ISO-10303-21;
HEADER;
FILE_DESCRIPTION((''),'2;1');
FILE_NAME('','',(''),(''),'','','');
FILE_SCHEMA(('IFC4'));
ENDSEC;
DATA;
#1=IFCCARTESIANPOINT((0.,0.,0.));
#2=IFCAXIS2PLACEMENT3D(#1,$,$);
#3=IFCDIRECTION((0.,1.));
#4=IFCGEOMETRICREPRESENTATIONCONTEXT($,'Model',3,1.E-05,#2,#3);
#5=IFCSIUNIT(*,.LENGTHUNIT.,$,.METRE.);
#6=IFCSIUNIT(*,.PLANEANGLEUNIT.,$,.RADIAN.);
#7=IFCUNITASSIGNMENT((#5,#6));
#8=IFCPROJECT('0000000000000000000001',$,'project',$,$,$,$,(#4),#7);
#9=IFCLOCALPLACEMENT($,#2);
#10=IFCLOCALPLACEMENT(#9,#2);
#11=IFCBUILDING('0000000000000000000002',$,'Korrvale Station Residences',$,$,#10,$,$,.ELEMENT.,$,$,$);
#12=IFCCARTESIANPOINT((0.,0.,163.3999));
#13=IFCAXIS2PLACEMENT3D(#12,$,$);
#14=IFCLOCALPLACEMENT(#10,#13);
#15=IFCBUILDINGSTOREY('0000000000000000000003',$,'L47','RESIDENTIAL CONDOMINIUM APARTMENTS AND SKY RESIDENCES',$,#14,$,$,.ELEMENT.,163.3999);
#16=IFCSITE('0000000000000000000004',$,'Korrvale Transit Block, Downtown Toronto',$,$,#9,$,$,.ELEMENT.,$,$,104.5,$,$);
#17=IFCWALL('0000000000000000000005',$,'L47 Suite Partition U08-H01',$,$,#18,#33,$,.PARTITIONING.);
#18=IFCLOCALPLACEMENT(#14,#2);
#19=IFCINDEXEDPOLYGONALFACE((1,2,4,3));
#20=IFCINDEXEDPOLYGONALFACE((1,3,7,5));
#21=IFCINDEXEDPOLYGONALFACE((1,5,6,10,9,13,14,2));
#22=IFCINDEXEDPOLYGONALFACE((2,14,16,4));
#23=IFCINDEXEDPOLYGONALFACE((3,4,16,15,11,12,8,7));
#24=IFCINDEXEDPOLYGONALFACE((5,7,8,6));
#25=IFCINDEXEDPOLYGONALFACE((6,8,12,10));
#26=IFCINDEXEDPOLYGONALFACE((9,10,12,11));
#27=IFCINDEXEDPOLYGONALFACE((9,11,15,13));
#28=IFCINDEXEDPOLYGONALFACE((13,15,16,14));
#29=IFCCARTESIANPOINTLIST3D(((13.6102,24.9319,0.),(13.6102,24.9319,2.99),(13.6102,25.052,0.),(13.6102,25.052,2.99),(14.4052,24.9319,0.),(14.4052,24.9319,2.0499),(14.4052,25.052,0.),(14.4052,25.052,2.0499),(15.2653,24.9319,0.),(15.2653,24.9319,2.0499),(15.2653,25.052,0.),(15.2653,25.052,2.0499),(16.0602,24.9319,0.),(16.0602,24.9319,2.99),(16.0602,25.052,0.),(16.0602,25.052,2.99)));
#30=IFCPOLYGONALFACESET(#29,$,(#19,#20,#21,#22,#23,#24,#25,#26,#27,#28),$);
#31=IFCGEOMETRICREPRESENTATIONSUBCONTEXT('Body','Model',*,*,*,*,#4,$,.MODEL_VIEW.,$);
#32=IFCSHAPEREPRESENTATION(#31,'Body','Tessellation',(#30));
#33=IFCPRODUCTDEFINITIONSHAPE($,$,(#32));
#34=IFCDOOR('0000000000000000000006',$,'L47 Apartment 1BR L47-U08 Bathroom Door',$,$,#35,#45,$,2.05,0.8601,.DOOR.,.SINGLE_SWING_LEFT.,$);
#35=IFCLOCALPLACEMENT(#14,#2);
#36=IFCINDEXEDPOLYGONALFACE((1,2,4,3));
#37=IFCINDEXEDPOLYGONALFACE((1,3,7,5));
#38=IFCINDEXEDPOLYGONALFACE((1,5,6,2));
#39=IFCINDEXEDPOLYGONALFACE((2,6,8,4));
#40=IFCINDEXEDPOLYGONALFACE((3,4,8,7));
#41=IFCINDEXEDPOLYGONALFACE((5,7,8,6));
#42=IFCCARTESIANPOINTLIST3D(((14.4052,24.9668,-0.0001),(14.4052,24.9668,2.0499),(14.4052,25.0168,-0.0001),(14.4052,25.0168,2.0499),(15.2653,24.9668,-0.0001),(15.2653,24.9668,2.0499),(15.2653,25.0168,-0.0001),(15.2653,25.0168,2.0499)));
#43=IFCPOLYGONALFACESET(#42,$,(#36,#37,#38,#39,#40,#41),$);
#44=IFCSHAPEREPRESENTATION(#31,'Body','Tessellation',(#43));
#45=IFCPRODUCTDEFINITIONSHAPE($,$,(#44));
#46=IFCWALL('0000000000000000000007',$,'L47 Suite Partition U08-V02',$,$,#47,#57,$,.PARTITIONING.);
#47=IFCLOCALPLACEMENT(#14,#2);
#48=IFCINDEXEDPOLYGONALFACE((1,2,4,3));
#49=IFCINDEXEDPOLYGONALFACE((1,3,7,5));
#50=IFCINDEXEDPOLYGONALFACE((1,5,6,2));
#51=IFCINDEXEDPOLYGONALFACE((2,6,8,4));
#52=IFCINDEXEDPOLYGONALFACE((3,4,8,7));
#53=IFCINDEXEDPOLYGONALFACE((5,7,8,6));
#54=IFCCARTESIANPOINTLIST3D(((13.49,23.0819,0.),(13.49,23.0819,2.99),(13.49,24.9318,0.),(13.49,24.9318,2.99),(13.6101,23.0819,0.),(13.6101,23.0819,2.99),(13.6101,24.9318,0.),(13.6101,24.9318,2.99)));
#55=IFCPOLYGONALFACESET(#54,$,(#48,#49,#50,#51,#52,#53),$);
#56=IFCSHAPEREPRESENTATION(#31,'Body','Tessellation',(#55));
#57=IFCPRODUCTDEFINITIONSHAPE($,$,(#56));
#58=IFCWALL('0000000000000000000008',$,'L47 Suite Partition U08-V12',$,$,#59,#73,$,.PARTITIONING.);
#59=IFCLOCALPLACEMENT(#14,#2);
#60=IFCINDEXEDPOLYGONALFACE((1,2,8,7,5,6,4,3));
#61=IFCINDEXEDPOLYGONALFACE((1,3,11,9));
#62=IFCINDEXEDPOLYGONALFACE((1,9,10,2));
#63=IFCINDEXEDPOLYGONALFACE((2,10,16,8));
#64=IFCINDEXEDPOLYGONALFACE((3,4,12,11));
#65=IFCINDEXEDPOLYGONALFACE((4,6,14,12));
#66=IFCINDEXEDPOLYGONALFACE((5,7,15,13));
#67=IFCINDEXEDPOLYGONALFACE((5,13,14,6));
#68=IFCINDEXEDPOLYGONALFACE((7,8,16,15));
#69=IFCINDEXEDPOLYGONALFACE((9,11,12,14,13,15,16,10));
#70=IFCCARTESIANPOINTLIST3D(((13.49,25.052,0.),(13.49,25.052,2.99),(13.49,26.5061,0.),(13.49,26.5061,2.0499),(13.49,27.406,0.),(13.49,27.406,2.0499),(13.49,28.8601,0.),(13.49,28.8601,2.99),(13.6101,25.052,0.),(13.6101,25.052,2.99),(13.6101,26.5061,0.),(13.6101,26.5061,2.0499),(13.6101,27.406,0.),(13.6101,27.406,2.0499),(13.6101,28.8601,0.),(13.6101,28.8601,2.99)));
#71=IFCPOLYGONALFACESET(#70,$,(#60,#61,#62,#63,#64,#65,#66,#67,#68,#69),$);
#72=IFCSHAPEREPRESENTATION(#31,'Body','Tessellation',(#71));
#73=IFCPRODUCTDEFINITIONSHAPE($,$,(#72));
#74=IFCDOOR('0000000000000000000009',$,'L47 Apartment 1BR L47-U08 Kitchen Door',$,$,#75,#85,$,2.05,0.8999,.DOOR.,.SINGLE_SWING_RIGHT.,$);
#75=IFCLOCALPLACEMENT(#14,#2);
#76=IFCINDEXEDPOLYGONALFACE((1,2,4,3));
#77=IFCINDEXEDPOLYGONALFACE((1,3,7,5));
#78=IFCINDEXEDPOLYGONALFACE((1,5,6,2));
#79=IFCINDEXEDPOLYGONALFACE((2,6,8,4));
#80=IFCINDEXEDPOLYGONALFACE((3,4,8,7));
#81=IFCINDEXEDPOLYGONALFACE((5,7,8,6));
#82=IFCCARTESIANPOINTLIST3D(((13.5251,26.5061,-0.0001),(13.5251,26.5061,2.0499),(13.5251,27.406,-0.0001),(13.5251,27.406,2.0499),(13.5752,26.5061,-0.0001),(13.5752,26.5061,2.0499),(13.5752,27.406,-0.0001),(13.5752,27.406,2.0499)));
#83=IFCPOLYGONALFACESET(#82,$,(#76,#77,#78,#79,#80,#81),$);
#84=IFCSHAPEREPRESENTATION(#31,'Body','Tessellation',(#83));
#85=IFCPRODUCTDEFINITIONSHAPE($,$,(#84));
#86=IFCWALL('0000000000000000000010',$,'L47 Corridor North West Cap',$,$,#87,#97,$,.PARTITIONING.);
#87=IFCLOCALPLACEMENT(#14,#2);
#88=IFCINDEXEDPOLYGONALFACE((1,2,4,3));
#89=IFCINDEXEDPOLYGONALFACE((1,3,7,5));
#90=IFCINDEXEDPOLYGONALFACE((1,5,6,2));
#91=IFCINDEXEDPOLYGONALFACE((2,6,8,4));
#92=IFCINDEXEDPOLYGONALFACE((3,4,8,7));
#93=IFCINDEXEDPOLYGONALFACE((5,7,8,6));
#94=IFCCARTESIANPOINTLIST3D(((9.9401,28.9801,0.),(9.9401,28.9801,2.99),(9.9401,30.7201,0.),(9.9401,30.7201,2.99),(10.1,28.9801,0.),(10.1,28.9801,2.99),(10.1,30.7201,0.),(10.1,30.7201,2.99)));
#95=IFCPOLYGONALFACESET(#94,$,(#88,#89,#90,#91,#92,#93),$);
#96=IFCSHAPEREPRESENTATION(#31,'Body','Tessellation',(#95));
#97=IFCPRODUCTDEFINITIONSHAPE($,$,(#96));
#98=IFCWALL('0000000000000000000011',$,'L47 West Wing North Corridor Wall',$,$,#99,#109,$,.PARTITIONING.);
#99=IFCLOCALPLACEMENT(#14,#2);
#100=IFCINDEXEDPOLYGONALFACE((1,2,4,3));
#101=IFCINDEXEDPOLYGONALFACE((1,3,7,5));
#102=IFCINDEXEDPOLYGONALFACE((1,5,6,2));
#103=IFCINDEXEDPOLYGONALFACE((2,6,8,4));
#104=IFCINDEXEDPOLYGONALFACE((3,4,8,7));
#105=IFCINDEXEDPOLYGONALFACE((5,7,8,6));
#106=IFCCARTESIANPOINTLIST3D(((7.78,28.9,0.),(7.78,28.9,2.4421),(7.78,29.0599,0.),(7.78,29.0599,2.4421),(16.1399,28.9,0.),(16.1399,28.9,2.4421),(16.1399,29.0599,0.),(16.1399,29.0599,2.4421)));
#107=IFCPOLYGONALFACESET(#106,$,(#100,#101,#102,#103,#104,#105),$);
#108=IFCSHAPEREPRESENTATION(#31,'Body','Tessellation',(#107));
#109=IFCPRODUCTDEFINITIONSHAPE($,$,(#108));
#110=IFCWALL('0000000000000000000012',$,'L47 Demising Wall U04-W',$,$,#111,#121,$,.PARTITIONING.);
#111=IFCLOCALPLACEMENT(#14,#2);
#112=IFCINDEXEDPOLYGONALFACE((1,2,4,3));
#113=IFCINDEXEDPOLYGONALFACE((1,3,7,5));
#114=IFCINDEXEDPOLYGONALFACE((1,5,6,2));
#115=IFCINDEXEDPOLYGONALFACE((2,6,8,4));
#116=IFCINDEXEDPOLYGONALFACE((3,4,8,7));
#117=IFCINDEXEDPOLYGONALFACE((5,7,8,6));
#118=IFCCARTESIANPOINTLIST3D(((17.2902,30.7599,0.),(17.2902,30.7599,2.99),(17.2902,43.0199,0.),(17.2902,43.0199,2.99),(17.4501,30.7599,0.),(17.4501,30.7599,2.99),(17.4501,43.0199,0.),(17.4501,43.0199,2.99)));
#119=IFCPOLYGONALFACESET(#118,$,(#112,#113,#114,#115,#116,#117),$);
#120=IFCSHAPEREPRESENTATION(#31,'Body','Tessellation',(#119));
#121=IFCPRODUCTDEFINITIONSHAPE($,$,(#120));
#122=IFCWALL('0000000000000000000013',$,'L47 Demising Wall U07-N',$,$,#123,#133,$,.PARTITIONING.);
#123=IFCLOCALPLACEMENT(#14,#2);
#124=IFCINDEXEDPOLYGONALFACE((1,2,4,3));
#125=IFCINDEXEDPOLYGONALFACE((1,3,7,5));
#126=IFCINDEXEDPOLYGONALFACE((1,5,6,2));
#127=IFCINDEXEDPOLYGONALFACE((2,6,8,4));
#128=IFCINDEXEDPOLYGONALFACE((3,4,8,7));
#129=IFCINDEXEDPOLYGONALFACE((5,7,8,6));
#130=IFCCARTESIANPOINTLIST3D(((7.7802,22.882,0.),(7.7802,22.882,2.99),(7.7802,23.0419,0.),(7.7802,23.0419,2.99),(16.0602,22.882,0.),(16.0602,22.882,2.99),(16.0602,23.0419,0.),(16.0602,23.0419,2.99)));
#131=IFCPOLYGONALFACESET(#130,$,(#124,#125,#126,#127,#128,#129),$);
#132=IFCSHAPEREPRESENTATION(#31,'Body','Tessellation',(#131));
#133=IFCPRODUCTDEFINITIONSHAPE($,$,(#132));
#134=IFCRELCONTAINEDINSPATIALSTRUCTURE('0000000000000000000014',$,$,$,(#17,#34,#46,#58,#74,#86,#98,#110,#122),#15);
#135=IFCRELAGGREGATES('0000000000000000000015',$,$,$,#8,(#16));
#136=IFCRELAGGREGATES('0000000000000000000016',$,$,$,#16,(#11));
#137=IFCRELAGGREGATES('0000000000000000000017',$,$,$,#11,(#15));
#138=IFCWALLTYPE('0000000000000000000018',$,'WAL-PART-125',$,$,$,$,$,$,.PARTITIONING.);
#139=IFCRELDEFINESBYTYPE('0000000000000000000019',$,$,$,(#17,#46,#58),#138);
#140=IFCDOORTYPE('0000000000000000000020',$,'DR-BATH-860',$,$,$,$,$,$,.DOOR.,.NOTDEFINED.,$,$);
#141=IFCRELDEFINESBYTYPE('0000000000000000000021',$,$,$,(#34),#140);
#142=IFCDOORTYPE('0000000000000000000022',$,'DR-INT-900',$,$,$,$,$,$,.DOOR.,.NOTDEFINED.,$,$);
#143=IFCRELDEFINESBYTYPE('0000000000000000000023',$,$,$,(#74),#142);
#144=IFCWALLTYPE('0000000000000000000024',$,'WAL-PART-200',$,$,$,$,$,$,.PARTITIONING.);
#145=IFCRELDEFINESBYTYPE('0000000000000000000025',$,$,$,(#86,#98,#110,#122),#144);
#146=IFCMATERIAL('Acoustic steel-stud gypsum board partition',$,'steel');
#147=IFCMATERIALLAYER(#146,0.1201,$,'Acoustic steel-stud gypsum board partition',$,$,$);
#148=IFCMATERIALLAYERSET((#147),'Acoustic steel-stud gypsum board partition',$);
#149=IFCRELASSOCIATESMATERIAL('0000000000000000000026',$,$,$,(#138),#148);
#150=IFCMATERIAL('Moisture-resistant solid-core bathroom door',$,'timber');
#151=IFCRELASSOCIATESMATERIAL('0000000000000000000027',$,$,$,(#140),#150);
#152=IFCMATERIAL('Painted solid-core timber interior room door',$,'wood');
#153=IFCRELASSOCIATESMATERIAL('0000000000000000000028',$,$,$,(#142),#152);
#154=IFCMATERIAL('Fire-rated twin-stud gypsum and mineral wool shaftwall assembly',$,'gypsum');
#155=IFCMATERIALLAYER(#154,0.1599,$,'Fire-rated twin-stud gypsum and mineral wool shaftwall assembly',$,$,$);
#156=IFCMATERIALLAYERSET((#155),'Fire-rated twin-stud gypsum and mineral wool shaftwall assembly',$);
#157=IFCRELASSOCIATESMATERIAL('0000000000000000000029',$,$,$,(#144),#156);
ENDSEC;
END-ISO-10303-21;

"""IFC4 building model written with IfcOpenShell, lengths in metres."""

from ifc_helpers import new_model, si_unit, direction, frame, frame_2d, origin, place, context, subcontext, project, spatial, rectangle, extrude, material, layer, layer_set, type_object, element, fill, save


model = new_model("IFC4")

# Units and contexts
model_context = context("Model", 3, precision=1e-05, world=origin(), true_north=direction((0.0, 1.0)))
body_context = subcontext(model_context, "Body", "Model", "MODEL_VIEW")
ifc_project = project(units=[si_unit("LENGTHUNIT", "METRE"), si_unit("PLANEANGLEUNIT", "RADIAN")], contexts=[model_context])

# Site, building, storey
site_placement = place(None, origin())
site = spatial("IfcSite", under=ifc_project, at=site_placement, Name="Korrvale Transit Block, Downtown Toronto", CompositionType="ELEMENT", RefElevation=104.5)
building_placement = place(site_placement, origin())
building = spatial("IfcBuilding", under=site, at=building_placement, Name="Korrvale Station Residences", CompositionType="ELEMENT")
storey_placement = place(building_placement, frame((0.0, 0.0, 163.3999)))
storey = spatial("IfcBuildingStorey", under=building, at=storey_placement, Name="L47", Description="RESIDENTIAL CONDOMINIUM APARTMENTS AND SKY RESIDENCES", CompositionType="ELEMENT", Elevation=163.3999)

# Wall, opening, door
ifc_material_1 = material(Name="Acoustic steel-stud gypsum board partition", Category="steel")
ifc_layer_1 = layer(ifc_material_1, 0.1201, Name="Acoustic steel-stud gypsum board partition")
ifc_layer_set_1 = layer_set([ifc_layer_1], Name="Acoustic steel-stud gypsum board partition")
wall_type_1 = type_object("IfcWallType", Name="WAL-PART-125", PredefinedType="PARTITIONING", material=ifc_layer_set_1)
ifc_material_2 = material(Name="Moisture-resistant solid-core bathroom door", Category="timber")
door_type_1 = type_object("IfcDoorType", Name="DR-BATH-860", OperationType="NOTDEFINED", PredefinedType="DOOR", material=ifc_material_2)
wall_1_placement = place(storey_placement, frame((13.6101, 24.9919, 0.0), z_axis=(0.0, 0.0, 1.0), x_axis=(1.0, 0.0, 0.0)))
wall_1 = element("IfcWall", 1, at=wall_1_placement, inside=storey, type_object=wall_type_1, Name="L47 Suite Partition U08-H01", PredefinedType="PARTITIONING", context=body_context, shape_type="SweptSolid", body=[
    extrude(rectangle(XDim=2.45, YDim=0.1201, at=frame_2d((1.2251, 0.0))), origin(), (0.0, 0.0, 1.0), 2.99),
])
opening_1_placement = place(wall_1_placement, frame((0.7949, 0.0, 0.0)))
opening_1 = element("IfcOpeningElement", 2, at=opening_1_placement, cuts=wall_1, PredefinedType="OPENING", context=body_context, shape_type="SweptSolid", body=[
    extrude(rectangle(XDim=0.8601, YDim=2.05, at=frame_2d((0.4302, 1.0249))), frame((0.0, 0.0701, 0.0), z_axis=(0.0, -1.0, 0.0), x_axis=(1.0, 0.0, 0.0)), (0.0, 0.0, 1.0), 0.1401),
])
door_1_placement = place(opening_1_placement, origin())
door_1 = element("IfcDoor", 3, at=door_1_placement, inside=storey, type_object=door_type_1, Name="L47 Apartment 1BR L47-U08 Bathroom Door", OperationType="SINGLE_SWING_LEFT", OverallHeight=2.05, OverallWidth=0.8601, PredefinedType="DOOR", context=body_context, shape_type="SweptSolid", body=[
    extrude(rectangle(XDim=0.8601, YDim=2.05, at=frame_2d((0.4302, 1.0249))), frame((0.0, 0.0249, 0.0), z_axis=(0.0, -1.0, 0.0), x_axis=(1.0, 0.0, 0.0)), (0.0, 0.0, 1.0), 0.05),
])
fill(opening_1, door_1)

# Wall
wall_2_placement = place(storey_placement, frame((13.55, 23.082, 0.0), z_axis=(0.0, 0.0, 1.0), x_axis=(0.0, 1.0, 0.0)))
element("IfcWall", 4, at=wall_2_placement, inside=storey, type_object=wall_type_1, Name="L47 Suite Partition U08-V02", PredefinedType="PARTITIONING", context=body_context, shape_type="SweptSolid", body=[
    extrude(rectangle(XDim=1.8499, YDim=0.1201, at=frame_2d((0.9248, 0.0))), origin(), (0.0, 0.0, 1.0), 2.99),
])

# Wall, opening, door
wall_3_placement = place(storey_placement, frame((13.55, 25.052, 0.0), z_axis=(0.0, 0.0, 1.0), x_axis=(0.0, 1.0, 0.0)))
wall_3 = element("IfcWall", 5, at=wall_3_placement, inside=storey, type_object=wall_type_1, Name="L47 Suite Partition U08-V12", PredefinedType="PARTITIONING", context=body_context, shape_type="SweptSolid", body=[
    extrude(rectangle(XDim=3.8081, YDim=0.1201, at=frame_2d((1.9041, 0.0))), origin(), (0.0, 0.0, 1.0), 2.99),
])
opening_2_placement = place(wall_3_placement, frame((1.4541, 0.0, 0.0)))
opening_2 = element("IfcOpeningElement", 6, at=opening_2_placement, cuts=wall_3, PredefinedType="OPENING", context=body_context, shape_type="SweptSolid", body=[
    extrude(rectangle(XDim=0.8999, YDim=2.05, at=frame_2d((0.45, 1.0249))), frame((0.0, 0.0701, 0.0), z_axis=(0.0, -1.0, 0.0), x_axis=(1.0, 0.0, 0.0)), (0.0, 0.0, 1.0), 0.1401),
])
ifc_material_3 = material(Name="Painted solid-core timber interior room door", Category="wood")
door_type_2 = type_object("IfcDoorType", Name="DR-INT-900", OperationType="NOTDEFINED", PredefinedType="DOOR", material=ifc_material_3)
door_2_placement = place(opening_2_placement, origin())
door_2 = element("IfcDoor", 7, at=door_2_placement, inside=storey, type_object=door_type_2, Name="L47 Apartment 1BR L47-U08 Kitchen Door", OperationType="SINGLE_SWING_RIGHT", OverallHeight=2.05, OverallWidth=0.8999, PredefinedType="DOOR", context=body_context, shape_type="SweptSolid", body=[
    extrude(rectangle(XDim=0.8999, YDim=2.05, at=frame_2d((0.45, 1.0249))), frame((0.0, 0.0249, 0.0), z_axis=(0.0, -1.0, 0.0), x_axis=(1.0, 0.0, 0.0)), (0.0, 0.0, 1.0), 0.05),
])
fill(opening_2, door_2)

# Walls
ifc_material_4 = material(Name="Fire-rated twin-stud gypsum and mineral wool shaftwall assembly", Category="gypsum")
ifc_layer_2 = layer(ifc_material_4, 0.1599, Name="Fire-rated twin-stud gypsum and mineral wool shaftwall assembly")
ifc_layer_set_2 = layer_set([ifc_layer_2], Name="Fire-rated twin-stud gypsum and mineral wool shaftwall assembly")
wall_type_2 = type_object("IfcWallType", Name="WAL-PART-200", PredefinedType="PARTITIONING", material=ifc_layer_set_2)
wall_4_placement = place(storey_placement, frame((10.02, 28.98, 0.0), z_axis=(0.0, 0.0, 1.0), x_axis=(0.0, 1.0, 0.0)))
element("IfcWall", 8, at=wall_4_placement, inside=storey, type_object=wall_type_2, Name="L47 Corridor North West Cap", PredefinedType="PARTITIONING", context=body_context, shape_type="SweptSolid", body=[
    extrude(rectangle(XDim=1.74, YDim=0.1599, at=frame_2d((0.8701, 0.0))), origin(), (0.0, 0.0, 1.0), 2.99),
])
wall_5_placement = place(storey_placement, frame((7.78, 28.98, 0.0), z_axis=(0.0, 0.0, 1.0), x_axis=(1.0, 0.0, 0.0)))
element("IfcWall", 9, at=wall_5_placement, inside=storey, type_object=wall_type_2, Name="L47 West Wing North Corridor Wall", PredefinedType="PARTITIONING", context=body_context, shape_type="SweptSolid", body=[
    extrude(rectangle(XDim=8.3599, YDim=0.1599, at=frame_2d((4.1799, 0.0))), origin(), (0.0, 0.0, 1.0), 2.4421),
])
wall_6_placement = place(storey_placement, frame((17.3701, 30.76, 0.0), z_axis=(0.0, 0.0, 1.0), x_axis=(0.0, 1.0, 0.0)))
element("IfcWall", 10, at=wall_6_placement, inside=storey, type_object=wall_type_2, Name="L47 Demising Wall U04-W", PredefinedType="PARTITIONING", context=body_context, shape_type="SweptSolid", body=[
    extrude(rectangle(XDim=12.26, YDim=0.1599, at=frame_2d((6.1299, 0.0))), origin(), (0.0, 0.0, 1.0), 2.99),
])
wall_7_placement = place(storey_placement, frame((7.78, 22.9619, 0.0), z_axis=(0.0, 0.0, 1.0), x_axis=(1.0, 0.0, 0.0)))
element("IfcWall", 11, at=wall_7_placement, inside=storey, type_object=wall_type_2, Name="L47 Demising Wall U07-N", PredefinedType="PARTITIONING", context=body_context, shape_type="SweptSolid", body=[
    extrude(rectangle(XDim=8.28, YDim=0.1599, at=frame_2d((4.1401, 0.0))), origin(), (0.0, 0.0, 1.0), 2.99),
])

save(model, "model.ifc")
